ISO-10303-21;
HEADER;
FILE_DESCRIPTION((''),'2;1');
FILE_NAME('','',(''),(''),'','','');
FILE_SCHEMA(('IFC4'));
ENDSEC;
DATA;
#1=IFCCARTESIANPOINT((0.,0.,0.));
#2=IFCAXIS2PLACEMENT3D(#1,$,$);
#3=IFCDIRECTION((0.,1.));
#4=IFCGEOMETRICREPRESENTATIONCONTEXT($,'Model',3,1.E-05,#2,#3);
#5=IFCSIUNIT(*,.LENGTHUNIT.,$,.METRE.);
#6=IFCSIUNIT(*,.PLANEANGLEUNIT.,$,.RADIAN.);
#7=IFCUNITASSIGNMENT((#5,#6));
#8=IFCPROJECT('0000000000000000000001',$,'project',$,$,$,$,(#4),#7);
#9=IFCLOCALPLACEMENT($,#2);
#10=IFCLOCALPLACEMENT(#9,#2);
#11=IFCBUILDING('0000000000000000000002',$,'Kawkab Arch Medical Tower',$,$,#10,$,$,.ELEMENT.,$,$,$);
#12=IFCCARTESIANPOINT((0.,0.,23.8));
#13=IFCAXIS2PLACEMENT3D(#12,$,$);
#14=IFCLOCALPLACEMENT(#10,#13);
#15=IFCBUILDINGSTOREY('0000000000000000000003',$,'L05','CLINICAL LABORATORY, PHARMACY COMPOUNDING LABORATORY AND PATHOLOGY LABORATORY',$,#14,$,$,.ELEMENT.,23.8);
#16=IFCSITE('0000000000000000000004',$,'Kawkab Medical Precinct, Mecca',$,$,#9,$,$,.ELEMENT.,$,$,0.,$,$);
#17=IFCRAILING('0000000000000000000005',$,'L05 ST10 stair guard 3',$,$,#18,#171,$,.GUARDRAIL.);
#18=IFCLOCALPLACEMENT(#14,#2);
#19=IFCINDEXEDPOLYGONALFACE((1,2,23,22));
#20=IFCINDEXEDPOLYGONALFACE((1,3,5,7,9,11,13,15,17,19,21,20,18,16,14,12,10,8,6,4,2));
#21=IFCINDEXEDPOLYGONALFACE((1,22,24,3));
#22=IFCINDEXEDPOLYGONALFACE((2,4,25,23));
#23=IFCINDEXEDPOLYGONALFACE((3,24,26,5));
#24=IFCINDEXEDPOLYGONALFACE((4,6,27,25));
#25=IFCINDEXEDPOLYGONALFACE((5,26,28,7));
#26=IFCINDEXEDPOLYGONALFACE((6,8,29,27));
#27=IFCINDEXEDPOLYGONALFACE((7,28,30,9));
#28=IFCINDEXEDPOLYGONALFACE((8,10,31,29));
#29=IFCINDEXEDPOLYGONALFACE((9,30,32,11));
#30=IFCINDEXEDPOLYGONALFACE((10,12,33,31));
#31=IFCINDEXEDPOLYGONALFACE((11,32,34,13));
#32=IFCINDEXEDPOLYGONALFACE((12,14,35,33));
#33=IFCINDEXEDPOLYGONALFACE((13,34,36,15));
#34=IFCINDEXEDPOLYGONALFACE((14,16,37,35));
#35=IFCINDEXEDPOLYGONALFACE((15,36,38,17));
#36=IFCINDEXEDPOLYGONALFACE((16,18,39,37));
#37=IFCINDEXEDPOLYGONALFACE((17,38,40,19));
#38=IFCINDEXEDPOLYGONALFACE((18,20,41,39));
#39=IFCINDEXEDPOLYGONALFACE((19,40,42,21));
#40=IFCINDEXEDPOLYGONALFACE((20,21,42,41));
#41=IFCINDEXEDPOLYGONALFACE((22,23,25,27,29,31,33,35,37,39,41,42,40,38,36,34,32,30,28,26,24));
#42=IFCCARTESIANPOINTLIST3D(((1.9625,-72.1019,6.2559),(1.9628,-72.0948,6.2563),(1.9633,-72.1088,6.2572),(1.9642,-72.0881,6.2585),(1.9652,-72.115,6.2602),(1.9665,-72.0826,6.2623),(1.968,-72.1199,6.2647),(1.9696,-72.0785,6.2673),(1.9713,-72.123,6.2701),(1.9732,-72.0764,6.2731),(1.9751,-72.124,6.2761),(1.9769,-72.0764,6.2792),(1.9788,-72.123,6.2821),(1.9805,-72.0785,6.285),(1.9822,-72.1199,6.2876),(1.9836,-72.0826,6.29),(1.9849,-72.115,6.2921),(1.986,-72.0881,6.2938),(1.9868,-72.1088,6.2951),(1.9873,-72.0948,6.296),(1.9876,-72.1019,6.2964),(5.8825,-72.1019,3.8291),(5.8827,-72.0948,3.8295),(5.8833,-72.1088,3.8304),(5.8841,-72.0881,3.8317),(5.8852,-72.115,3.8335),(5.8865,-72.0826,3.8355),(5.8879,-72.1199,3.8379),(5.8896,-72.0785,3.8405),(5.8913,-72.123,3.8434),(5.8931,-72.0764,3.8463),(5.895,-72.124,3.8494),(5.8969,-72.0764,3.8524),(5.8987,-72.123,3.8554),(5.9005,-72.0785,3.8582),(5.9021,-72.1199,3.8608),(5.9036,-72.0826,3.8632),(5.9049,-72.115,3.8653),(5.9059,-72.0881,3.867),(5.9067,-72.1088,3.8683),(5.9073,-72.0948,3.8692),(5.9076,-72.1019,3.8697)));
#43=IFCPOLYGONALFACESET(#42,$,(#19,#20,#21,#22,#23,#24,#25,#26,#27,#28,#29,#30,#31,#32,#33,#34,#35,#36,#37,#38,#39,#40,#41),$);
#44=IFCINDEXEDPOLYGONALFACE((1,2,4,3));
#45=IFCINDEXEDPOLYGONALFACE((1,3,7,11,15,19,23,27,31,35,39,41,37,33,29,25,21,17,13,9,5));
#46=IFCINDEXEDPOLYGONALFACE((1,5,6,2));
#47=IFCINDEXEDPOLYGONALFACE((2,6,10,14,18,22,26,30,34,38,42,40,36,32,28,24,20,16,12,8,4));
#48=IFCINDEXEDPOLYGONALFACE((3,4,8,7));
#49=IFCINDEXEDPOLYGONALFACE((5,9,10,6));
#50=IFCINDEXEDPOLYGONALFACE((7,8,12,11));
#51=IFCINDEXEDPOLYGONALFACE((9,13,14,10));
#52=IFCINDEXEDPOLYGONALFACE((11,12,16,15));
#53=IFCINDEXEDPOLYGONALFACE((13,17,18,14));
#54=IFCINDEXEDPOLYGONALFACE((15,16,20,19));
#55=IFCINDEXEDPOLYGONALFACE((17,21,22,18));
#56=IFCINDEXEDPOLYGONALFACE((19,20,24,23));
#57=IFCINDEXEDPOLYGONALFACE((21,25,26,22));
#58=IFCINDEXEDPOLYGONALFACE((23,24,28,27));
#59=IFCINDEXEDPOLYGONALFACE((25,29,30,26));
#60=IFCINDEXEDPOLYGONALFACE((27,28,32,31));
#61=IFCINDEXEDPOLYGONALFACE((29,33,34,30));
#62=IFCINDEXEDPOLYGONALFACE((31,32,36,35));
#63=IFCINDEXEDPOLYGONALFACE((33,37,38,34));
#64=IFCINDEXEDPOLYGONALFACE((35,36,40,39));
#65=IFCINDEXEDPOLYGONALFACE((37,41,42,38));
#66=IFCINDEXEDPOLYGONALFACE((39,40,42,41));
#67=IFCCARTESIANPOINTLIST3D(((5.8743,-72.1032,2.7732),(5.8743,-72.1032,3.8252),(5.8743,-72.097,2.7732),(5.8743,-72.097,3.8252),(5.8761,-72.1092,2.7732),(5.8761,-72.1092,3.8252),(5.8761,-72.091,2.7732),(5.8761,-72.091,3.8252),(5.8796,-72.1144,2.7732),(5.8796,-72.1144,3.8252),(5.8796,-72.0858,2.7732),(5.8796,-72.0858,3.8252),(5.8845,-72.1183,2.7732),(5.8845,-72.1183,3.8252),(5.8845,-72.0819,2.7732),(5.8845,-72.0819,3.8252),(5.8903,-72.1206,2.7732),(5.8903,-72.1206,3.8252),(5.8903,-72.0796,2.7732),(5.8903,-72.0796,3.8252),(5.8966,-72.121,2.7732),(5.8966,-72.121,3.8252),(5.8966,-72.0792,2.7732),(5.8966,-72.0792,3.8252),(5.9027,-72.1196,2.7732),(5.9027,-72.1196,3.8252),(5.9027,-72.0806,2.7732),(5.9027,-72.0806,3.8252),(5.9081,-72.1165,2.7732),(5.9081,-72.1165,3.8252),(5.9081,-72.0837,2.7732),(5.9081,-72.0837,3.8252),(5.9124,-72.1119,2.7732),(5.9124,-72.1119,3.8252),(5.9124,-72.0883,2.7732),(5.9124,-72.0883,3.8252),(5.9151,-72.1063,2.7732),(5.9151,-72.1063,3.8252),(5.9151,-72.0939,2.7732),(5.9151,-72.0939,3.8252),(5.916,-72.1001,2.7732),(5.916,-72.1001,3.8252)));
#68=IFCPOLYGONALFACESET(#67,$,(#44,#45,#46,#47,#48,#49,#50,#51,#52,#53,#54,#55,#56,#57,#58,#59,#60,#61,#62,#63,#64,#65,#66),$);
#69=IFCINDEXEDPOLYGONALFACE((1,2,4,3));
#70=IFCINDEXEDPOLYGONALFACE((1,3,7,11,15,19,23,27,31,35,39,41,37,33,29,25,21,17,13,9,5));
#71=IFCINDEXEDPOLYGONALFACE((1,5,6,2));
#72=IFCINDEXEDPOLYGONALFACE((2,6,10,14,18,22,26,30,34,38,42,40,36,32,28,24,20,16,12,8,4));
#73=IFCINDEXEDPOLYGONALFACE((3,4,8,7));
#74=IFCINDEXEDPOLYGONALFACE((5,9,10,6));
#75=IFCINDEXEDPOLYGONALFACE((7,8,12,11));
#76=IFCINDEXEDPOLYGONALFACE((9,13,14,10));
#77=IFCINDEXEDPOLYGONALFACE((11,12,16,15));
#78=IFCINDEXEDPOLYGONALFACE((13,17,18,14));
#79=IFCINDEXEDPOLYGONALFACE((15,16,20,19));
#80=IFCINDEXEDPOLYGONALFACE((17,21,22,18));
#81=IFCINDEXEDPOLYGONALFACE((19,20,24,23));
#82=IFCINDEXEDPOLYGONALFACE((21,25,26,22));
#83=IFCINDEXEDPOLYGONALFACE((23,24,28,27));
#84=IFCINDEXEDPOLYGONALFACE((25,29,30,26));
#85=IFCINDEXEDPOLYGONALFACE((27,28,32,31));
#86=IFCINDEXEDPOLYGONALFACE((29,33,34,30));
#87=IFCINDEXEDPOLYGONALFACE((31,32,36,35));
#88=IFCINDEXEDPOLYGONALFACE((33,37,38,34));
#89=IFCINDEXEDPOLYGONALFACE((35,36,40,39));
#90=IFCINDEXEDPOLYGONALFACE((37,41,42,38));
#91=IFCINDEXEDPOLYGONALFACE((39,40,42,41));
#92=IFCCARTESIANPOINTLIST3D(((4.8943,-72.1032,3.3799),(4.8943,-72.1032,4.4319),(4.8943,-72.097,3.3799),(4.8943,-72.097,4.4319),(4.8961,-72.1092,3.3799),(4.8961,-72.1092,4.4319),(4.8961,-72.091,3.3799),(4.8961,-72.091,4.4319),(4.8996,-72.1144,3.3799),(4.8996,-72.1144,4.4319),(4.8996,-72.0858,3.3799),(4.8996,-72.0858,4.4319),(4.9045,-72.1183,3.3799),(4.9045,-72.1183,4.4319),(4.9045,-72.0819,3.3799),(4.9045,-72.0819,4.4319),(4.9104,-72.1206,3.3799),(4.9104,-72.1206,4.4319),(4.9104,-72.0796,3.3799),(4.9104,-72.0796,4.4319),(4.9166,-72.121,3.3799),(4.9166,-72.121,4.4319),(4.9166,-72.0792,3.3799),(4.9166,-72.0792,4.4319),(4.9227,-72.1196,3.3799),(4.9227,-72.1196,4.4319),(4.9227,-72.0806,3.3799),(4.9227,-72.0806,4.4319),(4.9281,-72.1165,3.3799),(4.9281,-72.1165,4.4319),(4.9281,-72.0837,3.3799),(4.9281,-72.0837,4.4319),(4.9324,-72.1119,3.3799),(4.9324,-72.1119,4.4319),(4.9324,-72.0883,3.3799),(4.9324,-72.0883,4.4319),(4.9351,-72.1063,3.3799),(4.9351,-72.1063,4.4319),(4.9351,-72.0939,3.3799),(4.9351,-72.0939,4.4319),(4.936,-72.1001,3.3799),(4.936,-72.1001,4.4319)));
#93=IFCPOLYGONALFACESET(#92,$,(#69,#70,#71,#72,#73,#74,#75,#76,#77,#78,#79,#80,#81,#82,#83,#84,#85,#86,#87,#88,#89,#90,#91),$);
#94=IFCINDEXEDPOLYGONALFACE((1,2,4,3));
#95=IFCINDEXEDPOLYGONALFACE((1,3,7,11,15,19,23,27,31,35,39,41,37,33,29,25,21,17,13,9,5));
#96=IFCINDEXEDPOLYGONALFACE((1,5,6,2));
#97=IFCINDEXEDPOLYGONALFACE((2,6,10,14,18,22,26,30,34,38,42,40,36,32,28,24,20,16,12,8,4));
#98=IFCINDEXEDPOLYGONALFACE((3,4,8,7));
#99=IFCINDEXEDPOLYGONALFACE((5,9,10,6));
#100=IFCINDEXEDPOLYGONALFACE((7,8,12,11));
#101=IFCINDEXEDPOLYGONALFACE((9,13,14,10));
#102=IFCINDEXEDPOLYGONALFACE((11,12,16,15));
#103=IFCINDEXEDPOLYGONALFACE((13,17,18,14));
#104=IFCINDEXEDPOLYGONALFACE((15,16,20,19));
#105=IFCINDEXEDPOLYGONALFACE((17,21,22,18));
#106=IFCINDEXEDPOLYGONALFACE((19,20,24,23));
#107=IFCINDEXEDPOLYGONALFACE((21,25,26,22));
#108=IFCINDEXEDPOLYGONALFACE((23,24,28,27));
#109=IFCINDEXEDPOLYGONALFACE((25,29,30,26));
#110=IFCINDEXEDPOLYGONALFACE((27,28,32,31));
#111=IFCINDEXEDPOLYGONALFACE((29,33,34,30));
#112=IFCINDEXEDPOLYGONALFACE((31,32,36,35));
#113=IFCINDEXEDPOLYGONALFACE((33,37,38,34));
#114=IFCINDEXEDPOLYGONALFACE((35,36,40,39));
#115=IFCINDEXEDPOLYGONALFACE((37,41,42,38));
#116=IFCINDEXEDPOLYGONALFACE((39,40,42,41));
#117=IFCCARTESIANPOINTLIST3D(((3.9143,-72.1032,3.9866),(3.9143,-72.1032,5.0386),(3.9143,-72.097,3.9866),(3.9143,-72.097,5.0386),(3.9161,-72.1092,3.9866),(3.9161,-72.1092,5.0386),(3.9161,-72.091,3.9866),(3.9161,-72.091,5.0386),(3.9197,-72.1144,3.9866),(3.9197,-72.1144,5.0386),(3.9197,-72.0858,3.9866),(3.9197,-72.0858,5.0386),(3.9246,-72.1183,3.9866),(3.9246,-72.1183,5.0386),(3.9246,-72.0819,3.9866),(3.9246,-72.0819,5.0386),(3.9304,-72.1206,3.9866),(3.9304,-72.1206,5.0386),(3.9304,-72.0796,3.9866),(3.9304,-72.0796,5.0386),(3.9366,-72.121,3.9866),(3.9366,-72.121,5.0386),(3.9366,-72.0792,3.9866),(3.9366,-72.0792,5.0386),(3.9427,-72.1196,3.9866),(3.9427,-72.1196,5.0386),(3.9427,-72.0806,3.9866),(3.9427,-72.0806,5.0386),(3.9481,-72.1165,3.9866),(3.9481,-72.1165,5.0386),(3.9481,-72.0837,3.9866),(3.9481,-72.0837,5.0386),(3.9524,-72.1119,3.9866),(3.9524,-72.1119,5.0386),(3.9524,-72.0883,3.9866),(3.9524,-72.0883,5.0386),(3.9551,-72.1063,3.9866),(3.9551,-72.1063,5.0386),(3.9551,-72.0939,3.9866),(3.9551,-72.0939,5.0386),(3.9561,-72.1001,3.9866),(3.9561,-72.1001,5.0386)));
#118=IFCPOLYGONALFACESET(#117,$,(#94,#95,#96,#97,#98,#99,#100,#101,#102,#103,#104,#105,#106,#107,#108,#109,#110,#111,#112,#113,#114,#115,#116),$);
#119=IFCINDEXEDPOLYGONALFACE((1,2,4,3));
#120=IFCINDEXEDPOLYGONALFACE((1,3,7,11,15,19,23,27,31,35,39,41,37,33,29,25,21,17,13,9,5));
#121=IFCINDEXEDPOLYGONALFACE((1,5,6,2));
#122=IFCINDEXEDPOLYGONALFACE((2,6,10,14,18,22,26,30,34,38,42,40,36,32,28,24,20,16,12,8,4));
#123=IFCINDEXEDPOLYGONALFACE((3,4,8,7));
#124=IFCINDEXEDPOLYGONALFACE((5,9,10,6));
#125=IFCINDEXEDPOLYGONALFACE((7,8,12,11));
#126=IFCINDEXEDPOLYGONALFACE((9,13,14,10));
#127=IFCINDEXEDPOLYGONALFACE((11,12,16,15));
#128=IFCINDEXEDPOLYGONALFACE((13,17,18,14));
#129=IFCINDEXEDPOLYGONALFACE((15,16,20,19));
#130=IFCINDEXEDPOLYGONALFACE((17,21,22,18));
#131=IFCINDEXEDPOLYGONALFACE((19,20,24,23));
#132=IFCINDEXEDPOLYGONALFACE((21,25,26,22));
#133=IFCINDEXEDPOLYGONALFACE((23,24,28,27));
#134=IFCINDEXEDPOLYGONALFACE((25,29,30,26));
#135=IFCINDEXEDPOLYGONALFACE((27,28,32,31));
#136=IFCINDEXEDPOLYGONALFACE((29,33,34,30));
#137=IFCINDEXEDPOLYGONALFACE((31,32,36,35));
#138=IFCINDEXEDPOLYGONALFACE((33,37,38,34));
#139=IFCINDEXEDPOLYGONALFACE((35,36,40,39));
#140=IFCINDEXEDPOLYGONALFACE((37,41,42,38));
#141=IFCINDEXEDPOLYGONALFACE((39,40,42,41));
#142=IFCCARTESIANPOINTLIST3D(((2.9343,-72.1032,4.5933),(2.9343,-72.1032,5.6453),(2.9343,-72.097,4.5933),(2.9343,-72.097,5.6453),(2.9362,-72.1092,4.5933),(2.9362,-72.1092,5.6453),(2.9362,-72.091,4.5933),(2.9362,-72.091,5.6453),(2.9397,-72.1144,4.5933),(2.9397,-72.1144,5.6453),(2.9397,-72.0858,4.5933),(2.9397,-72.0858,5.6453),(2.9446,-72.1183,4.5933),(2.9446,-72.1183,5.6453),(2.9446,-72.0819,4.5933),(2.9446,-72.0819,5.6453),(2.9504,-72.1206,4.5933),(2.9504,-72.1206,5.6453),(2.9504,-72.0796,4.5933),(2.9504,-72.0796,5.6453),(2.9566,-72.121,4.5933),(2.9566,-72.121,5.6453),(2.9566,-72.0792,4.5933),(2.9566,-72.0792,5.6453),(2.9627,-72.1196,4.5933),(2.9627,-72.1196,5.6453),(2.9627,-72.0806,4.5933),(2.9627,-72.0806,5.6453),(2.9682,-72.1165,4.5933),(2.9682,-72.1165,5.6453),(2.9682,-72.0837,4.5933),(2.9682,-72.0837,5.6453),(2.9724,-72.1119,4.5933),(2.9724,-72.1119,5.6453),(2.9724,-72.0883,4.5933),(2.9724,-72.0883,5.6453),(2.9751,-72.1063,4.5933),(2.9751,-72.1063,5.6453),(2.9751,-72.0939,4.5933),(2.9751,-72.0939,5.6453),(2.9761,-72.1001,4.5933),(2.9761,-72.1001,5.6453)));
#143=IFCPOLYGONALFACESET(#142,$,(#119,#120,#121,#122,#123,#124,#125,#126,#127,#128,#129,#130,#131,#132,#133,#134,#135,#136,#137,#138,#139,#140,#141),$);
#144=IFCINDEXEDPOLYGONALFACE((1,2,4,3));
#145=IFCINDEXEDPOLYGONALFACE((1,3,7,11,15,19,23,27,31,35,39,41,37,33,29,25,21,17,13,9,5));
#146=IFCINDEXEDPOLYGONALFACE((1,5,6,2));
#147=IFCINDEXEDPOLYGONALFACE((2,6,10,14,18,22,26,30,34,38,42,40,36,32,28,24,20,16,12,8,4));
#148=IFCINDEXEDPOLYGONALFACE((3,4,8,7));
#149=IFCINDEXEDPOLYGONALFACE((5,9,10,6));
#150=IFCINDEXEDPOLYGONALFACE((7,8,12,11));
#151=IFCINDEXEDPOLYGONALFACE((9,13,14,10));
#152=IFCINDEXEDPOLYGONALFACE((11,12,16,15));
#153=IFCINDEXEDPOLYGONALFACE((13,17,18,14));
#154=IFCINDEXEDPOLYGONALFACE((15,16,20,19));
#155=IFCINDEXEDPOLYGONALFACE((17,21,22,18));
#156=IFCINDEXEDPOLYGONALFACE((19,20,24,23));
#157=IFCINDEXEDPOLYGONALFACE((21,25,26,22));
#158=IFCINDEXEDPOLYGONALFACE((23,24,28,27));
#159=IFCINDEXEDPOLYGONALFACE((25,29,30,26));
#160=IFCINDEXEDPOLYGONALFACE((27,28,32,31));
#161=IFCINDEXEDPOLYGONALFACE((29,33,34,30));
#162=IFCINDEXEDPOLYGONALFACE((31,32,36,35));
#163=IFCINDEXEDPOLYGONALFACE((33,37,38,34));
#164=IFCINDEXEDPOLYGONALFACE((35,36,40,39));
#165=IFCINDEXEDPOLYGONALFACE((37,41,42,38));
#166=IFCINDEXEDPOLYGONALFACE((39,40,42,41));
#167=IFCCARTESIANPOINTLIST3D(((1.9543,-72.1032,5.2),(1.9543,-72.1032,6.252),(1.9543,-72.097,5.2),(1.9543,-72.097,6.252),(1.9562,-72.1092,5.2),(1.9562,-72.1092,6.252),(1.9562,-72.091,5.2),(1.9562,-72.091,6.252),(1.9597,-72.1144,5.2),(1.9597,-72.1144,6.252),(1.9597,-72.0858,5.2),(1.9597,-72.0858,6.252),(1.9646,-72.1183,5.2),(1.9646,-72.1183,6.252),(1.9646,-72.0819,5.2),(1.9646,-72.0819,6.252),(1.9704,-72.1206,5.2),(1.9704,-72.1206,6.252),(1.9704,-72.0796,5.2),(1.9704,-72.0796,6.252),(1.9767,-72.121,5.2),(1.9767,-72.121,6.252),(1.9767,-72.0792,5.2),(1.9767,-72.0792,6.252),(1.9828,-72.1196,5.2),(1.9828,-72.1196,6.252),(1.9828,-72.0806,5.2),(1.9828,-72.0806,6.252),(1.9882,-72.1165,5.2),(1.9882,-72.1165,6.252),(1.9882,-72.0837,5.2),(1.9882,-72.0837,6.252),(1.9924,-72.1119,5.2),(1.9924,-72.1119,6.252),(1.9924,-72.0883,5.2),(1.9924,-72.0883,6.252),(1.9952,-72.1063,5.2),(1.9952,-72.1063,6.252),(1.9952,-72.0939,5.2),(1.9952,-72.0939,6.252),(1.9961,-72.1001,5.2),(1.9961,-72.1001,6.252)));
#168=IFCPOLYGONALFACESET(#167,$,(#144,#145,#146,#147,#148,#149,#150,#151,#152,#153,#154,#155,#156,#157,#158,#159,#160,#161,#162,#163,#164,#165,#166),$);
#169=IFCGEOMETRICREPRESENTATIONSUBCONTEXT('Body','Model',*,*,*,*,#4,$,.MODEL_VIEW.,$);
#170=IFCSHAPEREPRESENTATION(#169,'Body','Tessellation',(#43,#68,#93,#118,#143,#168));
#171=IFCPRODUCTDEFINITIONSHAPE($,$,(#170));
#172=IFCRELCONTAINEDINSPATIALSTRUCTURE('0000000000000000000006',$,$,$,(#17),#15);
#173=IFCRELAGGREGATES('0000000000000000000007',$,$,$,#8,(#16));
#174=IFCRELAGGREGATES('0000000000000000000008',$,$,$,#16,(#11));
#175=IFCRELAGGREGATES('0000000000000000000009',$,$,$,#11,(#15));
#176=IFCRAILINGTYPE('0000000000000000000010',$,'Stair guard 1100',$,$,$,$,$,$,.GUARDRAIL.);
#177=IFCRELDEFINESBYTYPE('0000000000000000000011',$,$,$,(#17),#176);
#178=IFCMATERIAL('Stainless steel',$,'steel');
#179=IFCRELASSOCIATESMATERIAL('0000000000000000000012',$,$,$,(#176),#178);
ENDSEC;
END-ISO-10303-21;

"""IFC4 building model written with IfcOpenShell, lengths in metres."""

from ifc_helpers import new_model, si_unit, direction, frame, origin, origin_2d, place, context, subcontext, project, spatial, circle, extrude, material, type_object, element, save


model = new_model("IFC4")

# Units and contexts
model_context = context("Model", 3, precision=1e-05, world=origin(), true_north=direction((0.0, 1.0)))
body_context = subcontext(model_context, "Body", "Model", "MODEL_VIEW")
ifc_project = project(units=[si_unit("LENGTHUNIT", "METRE"), si_unit("PLANEANGLEUNIT", "RADIAN")], contexts=[model_context])

# Site, building, storey
site_placement = place(None, origin())
site = spatial("IfcSite", under=ifc_project, at=site_placement, Name="Kawkab Medical Precinct, Mecca", CompositionType="ELEMENT", RefElevation=0.0)
building_placement = place(site_placement, origin())
building = spatial("IfcBuilding", under=site, at=building_placement, Name="Kawkab Arch Medical Tower", CompositionType="ELEMENT")
storey_placement = place(building_placement, frame((0.0, 0.0, 23.8)))
storey = spatial("IfcBuildingStorey", under=building, at=storey_placement, Name="L05", Description="CLINICAL LABORATORY, PHARMACY COMPOUNDING LABORATORY AND PATHOLOGY LABORATORY", CompositionType="ELEMENT", Elevation=23.8)

# Railing
ifc_material_1 = material(Name="Stainless steel", Category="steel")
railing_type = type_object("IfcRailingType", Name="Stair guard 1100", PredefinedType="GUARDRAIL", material=ifc_material_1)
railing_1_placement = place(storey_placement, frame((5.895, -72.1001, 2.7732)))
element("IfcRailing", 1, at=railing_1_placement, inside=storey, type_object=railing_type, Name="L05 ST10 stair guard 3", PredefinedType="GUARDRAIL", context=body_context, shape_type="SweptSolid", body=[
    extrude(circle(Radius=0.0239, at=origin_2d()), frame((0.0, 0.0, 1.0762), z_axis=(-0.850252, 0.0, 0.526376), x_axis=(0.0, -1.0, 0.0)), (0.0, 0.0, 1.0), 4.6104),
    extrude(circle(Radius=0.021, at=origin_2d()), origin(), (0.0, 0.0, 1.0), 1.052),
    extrude(circle(Radius=0.021, at=origin_2d()), frame((-0.98, 0.0, 0.6067)), (0.0, 0.0, 1.0), 1.052),
    extrude(circle(Radius=0.021, at=origin_2d()), frame((-1.96, 0.0, 1.2134)), (0.0, 0.0, 1.0), 1.052),
    extrude(circle(Radius=0.021, at=origin_2d()), frame((-2.9399, 0.0, 1.8201)), (0.0, 0.0, 1.0), 1.052),
    extrude(circle(Radius=0.021, at=origin_2d()), frame((-3.9199, 0.0, 2.4268)), (0.0, 0.0, 1.0), 1.052),
])

save(model, "model.ifc")
